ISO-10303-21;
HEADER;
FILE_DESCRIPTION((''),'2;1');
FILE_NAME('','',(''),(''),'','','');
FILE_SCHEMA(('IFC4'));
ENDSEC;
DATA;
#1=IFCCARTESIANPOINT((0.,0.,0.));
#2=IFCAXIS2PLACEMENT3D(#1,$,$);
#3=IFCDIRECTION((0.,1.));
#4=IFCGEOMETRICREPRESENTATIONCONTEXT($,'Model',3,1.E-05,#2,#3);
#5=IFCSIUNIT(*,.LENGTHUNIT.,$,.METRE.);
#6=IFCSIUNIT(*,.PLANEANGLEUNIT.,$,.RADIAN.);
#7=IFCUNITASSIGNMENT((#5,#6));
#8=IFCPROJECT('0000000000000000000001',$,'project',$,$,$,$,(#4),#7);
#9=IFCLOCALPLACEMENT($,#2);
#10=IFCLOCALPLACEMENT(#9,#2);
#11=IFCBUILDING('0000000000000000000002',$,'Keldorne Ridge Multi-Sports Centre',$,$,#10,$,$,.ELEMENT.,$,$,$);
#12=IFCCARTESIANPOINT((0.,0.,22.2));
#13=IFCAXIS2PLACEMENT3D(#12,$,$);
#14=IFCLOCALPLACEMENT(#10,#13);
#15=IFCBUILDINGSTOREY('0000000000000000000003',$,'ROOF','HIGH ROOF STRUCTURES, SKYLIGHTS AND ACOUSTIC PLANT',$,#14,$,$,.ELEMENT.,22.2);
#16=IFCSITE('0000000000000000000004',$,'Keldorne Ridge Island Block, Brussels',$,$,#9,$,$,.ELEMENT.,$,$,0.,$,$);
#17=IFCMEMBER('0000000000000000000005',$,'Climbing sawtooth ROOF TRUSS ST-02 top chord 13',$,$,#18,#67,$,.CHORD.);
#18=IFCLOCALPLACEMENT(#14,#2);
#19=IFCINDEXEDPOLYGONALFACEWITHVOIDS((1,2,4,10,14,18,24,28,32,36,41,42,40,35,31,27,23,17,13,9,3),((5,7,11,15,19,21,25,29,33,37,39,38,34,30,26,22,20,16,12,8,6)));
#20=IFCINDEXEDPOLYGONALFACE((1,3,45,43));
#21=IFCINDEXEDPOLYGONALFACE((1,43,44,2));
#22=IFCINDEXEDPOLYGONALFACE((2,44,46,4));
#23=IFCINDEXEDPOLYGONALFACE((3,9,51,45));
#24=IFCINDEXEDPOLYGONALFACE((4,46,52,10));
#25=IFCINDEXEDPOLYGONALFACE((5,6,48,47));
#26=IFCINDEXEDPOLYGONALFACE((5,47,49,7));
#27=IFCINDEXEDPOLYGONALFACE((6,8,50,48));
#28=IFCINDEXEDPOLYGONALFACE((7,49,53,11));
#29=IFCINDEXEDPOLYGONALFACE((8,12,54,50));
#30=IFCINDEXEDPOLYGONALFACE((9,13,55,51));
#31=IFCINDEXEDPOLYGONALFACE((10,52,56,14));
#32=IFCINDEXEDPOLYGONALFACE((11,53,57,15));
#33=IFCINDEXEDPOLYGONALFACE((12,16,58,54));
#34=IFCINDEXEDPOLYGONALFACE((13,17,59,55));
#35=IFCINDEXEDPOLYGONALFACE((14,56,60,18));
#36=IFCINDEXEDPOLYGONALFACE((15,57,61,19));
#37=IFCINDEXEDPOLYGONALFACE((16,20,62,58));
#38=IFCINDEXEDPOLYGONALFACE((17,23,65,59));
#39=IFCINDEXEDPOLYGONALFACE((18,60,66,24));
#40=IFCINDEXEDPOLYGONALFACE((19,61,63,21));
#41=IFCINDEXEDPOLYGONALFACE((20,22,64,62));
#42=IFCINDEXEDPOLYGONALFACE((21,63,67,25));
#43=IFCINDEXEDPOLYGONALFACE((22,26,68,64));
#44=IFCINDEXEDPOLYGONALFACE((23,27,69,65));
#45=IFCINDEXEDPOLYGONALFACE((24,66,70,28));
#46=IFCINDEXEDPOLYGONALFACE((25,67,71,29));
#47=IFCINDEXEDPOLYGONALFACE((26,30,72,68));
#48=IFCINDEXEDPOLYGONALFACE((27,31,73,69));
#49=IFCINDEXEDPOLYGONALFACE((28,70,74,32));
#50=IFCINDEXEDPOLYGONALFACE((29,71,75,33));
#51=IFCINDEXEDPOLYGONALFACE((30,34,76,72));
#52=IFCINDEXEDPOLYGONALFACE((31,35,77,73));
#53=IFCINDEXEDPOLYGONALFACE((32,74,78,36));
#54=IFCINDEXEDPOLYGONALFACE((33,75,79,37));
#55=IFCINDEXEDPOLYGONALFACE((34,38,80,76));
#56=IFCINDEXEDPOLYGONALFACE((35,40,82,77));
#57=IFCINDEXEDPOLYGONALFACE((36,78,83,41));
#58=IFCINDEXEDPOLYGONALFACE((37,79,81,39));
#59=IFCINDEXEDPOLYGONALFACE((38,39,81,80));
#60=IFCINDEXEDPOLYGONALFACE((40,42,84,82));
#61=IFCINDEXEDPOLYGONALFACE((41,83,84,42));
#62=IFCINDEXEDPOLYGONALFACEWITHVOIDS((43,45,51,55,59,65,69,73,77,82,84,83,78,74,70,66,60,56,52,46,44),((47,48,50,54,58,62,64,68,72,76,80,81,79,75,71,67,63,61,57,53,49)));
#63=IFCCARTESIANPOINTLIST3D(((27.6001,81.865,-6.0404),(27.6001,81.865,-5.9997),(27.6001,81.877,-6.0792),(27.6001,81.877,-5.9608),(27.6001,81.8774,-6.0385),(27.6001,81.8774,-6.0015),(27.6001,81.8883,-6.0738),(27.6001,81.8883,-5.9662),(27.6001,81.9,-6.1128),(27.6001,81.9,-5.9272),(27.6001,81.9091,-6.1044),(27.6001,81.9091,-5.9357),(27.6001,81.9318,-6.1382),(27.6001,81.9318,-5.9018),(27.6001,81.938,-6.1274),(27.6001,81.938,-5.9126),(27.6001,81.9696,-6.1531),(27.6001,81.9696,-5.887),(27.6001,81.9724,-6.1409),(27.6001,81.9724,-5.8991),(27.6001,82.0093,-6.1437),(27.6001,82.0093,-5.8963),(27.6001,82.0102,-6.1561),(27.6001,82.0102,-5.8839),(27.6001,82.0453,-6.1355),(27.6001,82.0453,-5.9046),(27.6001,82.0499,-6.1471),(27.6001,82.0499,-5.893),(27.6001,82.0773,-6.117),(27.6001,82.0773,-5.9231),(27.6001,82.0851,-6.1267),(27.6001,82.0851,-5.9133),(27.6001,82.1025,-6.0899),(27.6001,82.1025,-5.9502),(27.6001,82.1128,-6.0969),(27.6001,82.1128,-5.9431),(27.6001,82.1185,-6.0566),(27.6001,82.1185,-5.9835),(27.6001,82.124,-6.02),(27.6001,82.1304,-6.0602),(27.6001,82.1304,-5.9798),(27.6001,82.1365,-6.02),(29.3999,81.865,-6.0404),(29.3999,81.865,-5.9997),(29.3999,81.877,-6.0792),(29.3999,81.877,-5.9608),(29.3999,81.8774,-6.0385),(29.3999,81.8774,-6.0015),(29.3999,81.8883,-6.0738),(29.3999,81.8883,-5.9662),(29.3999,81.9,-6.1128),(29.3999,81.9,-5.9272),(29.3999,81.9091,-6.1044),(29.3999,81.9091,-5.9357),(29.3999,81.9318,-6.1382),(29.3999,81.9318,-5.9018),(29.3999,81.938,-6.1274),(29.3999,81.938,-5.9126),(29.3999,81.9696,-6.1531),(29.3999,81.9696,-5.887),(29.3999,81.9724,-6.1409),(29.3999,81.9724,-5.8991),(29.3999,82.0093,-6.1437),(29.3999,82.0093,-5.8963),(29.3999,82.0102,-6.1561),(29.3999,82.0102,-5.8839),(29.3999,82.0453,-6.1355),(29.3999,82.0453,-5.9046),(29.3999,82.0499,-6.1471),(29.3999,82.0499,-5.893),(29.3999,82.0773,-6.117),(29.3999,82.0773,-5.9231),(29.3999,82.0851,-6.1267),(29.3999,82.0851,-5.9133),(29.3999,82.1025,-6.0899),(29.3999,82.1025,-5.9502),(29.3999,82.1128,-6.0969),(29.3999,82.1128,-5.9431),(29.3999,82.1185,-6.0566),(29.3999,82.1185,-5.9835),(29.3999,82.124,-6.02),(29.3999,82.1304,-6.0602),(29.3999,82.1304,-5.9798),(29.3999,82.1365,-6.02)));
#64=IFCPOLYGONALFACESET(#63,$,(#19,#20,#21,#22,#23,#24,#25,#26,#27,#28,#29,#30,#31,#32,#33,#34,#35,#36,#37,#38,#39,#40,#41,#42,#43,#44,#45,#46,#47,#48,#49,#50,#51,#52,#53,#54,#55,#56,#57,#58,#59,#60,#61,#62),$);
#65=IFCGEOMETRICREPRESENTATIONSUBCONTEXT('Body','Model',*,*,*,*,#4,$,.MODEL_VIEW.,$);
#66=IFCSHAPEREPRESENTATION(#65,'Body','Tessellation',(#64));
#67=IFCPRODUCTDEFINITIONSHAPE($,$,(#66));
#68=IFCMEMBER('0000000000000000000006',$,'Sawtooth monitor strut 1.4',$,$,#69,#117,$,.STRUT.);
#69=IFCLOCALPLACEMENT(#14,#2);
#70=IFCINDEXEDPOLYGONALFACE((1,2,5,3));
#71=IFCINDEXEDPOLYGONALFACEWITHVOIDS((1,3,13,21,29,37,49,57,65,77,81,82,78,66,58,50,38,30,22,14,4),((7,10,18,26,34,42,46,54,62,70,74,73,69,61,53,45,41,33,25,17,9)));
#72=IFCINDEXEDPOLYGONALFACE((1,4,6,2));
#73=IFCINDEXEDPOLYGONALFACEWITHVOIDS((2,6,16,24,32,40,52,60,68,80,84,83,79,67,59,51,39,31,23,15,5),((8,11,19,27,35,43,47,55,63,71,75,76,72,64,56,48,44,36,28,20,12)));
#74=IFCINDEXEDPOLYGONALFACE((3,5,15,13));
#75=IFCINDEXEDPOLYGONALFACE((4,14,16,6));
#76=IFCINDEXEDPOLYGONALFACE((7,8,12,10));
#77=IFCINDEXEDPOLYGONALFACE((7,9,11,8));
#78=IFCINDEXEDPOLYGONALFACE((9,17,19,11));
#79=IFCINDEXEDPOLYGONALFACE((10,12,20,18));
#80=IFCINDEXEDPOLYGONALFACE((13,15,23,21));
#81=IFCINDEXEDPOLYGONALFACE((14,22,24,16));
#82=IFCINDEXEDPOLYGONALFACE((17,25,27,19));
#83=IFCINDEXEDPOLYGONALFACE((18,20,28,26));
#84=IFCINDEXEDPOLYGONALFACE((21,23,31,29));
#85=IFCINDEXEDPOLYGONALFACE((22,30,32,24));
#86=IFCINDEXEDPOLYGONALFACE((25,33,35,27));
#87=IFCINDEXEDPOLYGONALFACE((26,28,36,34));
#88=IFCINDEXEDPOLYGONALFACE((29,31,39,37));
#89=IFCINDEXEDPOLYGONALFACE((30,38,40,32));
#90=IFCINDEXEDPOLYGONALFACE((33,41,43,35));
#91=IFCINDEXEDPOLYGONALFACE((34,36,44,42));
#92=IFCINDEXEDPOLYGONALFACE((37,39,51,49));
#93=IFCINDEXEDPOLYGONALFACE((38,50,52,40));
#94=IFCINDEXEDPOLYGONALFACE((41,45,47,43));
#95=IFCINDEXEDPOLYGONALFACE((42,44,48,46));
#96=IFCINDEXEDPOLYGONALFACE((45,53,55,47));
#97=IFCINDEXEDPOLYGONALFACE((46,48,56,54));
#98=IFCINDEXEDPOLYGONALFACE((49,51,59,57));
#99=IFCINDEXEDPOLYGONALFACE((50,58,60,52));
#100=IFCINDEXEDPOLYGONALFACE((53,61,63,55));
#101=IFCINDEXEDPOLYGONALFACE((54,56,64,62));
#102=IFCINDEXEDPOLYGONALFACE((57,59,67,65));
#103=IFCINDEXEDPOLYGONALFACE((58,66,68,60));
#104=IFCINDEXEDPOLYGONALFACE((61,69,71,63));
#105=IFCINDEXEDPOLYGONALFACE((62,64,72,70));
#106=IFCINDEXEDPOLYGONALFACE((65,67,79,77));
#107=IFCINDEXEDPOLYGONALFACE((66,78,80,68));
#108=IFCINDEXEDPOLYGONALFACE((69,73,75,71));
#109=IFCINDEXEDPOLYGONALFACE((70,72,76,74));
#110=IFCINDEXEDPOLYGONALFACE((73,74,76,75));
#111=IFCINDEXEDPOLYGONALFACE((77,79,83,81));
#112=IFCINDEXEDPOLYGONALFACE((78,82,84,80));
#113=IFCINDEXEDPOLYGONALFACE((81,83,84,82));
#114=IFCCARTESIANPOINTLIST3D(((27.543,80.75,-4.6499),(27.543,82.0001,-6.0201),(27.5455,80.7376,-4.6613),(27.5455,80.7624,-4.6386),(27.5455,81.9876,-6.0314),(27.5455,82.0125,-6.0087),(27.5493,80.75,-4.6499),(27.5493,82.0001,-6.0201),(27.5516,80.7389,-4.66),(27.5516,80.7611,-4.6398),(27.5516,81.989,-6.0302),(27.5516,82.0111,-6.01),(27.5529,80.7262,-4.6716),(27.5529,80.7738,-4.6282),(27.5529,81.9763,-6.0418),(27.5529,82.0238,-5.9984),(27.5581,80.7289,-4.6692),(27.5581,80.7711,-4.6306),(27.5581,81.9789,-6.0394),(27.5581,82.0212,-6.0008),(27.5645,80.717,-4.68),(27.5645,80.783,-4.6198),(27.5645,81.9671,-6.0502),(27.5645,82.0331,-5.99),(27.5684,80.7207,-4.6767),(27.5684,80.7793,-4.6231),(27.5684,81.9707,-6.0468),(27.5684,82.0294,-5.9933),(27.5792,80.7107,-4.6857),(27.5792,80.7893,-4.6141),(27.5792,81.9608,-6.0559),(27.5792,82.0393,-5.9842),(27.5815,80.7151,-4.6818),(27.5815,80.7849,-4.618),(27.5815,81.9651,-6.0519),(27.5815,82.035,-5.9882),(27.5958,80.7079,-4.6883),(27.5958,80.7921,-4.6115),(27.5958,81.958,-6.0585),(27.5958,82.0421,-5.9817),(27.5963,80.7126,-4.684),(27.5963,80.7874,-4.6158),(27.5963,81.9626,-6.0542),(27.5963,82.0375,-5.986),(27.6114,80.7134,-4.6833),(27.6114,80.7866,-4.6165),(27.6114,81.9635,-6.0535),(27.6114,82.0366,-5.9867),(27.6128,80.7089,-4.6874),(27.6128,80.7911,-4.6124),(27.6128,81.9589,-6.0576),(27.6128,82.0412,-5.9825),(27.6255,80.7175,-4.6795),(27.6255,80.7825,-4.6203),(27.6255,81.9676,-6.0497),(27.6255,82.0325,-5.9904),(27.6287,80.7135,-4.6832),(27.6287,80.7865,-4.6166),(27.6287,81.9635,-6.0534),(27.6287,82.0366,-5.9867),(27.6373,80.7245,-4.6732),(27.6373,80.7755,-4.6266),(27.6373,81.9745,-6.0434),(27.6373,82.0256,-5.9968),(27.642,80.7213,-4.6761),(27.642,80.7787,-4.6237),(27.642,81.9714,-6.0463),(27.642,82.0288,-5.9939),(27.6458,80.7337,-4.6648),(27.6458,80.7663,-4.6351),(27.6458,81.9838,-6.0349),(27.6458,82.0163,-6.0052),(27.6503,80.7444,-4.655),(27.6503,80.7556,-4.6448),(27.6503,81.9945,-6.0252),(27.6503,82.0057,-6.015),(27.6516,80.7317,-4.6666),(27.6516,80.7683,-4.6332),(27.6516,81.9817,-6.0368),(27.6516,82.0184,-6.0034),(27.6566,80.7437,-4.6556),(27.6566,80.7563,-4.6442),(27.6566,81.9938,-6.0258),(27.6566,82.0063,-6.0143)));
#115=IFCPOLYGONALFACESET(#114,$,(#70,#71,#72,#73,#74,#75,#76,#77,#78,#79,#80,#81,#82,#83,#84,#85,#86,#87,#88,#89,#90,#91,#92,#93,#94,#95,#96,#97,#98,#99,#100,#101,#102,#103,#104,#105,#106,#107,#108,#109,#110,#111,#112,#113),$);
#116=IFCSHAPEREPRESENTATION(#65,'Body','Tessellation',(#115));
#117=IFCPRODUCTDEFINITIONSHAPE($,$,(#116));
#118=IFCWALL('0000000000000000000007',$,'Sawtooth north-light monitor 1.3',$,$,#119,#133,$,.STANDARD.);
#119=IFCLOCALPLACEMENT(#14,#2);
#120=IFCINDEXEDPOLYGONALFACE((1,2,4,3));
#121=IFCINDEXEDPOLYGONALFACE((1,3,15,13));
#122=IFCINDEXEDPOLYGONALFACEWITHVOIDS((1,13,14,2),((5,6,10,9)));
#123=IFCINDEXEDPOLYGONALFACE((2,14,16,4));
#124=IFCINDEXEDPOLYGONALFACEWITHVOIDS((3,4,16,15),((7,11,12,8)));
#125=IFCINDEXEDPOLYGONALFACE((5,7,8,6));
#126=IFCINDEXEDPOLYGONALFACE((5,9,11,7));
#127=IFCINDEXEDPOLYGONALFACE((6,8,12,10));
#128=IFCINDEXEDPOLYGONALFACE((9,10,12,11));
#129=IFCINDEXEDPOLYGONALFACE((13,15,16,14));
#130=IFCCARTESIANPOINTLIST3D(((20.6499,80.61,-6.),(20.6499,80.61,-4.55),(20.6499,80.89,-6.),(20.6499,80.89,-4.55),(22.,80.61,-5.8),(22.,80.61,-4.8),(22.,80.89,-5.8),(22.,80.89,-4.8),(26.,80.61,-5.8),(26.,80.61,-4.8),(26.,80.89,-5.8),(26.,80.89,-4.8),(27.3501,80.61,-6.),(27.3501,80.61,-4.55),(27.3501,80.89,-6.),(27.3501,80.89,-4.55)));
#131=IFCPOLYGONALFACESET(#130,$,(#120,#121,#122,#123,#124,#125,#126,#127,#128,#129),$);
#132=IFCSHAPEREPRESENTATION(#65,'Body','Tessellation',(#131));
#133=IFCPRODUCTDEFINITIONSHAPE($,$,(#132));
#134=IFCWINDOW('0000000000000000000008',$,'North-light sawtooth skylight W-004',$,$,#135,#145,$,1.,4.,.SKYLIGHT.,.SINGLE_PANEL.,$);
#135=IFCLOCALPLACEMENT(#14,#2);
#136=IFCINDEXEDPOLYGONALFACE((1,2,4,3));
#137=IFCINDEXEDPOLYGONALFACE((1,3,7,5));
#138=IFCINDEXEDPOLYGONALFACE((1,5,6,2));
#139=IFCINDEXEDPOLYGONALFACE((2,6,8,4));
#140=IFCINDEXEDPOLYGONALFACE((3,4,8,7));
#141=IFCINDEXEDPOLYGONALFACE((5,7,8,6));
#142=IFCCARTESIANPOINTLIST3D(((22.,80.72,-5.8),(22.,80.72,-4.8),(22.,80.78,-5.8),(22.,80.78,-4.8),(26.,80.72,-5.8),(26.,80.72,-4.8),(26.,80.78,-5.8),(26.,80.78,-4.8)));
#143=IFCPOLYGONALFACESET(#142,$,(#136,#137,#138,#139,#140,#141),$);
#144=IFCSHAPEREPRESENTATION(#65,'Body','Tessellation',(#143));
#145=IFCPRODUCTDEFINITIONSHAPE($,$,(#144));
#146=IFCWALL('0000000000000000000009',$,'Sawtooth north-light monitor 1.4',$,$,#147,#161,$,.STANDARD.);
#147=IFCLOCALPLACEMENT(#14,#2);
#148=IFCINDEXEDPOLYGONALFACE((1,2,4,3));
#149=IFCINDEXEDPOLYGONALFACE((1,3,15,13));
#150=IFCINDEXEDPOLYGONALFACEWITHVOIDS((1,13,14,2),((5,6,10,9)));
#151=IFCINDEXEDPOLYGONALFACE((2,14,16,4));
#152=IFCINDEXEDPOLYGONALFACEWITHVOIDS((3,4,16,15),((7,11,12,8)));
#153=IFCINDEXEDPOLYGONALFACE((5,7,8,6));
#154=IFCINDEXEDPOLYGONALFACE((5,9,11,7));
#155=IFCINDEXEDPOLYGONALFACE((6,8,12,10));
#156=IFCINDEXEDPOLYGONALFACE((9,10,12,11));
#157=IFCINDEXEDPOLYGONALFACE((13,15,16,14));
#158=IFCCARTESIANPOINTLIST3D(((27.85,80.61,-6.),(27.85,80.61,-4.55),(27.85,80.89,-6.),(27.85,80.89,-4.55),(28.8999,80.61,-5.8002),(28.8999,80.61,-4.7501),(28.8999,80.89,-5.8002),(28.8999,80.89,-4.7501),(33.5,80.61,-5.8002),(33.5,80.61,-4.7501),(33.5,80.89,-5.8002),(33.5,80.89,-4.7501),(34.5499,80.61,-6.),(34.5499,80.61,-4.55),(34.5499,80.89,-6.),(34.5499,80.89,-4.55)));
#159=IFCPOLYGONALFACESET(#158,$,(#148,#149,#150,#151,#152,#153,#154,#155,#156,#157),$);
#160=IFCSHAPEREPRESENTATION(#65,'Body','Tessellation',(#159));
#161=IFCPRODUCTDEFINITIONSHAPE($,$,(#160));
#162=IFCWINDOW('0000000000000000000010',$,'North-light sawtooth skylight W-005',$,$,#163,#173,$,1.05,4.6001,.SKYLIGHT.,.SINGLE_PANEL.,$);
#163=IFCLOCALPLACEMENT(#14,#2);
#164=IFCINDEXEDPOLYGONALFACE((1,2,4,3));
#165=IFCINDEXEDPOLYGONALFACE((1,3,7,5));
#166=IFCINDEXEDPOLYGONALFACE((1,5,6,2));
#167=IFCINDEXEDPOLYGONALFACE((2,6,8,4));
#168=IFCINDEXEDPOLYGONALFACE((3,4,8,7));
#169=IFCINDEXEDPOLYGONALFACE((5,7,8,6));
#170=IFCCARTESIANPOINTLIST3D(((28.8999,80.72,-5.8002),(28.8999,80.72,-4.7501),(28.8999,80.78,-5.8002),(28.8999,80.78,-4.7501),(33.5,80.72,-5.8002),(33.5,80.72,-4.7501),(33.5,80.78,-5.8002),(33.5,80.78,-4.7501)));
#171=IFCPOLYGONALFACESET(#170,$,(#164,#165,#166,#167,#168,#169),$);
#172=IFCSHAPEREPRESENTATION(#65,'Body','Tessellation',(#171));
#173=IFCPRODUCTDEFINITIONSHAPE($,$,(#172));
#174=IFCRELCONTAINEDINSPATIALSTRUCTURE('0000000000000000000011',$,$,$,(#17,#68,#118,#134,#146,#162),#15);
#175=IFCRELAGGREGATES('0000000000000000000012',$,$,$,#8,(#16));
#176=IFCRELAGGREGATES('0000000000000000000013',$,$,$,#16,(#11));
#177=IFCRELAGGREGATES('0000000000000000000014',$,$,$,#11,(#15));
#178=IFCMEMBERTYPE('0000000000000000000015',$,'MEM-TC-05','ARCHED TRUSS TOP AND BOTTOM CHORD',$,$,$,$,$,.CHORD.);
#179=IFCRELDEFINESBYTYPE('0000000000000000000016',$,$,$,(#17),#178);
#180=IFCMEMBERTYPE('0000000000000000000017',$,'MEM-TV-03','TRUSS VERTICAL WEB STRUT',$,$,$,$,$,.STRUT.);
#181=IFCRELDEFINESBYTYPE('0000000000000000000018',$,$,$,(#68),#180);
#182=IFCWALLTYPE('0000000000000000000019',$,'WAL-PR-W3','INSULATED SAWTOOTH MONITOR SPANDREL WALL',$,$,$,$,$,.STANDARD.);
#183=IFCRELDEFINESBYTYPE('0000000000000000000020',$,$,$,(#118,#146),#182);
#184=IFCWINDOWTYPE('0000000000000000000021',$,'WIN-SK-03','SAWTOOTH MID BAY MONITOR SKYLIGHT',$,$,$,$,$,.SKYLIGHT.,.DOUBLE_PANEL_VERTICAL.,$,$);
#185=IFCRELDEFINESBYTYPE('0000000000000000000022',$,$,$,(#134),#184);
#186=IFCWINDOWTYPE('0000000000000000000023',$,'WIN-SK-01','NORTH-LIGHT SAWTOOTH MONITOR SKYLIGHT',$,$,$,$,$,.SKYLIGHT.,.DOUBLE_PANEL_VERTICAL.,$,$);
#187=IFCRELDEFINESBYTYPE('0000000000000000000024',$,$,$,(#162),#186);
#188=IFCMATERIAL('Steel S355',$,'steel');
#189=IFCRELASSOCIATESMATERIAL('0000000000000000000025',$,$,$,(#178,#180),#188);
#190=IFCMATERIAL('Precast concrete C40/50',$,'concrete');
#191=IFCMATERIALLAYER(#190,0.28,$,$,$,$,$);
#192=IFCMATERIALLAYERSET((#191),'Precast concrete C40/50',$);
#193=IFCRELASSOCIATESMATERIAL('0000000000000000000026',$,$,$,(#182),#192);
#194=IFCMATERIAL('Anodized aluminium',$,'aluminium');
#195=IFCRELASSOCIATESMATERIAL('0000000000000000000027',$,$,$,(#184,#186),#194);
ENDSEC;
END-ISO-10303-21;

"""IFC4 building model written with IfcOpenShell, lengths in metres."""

from ifc_helpers import new_model, si_unit, direction, frame, frame_2d, origin, origin_2d, place, context, subcontext, project, spatial, rectangle, hollow_circle, extrude, material, layer, layer_set, material_profile, profile_set, type_object, element, fill, save


model = new_model("IFC4")

# Units and contexts
model_context = context("Model", 3, precision=1e-05, world=origin(), true_north=direction((0.0, 1.0)))
body_context = subcontext(model_context, "Body", "Model", "MODEL_VIEW")
ifc_project = project(units=[si_unit("LENGTHUNIT", "METRE"), si_unit("PLANEANGLEUNIT", "RADIAN")], contexts=[model_context])

# Site, building, storey
site_placement = place(None, origin())
site = spatial("IfcSite", under=ifc_project, at=site_placement, Name="Keldorne Ridge Island Block, Brussels", CompositionType="ELEMENT", RefElevation=0.0)
building_placement = place(site_placement, origin())
building = spatial("IfcBuilding", under=site, at=building_placement, Name="Keldorne Ridge Multi-Sports Centre", CompositionType="ELEMENT")
storey_placement = place(building_placement, frame((0.0, 0.0, 22.2)))
storey = spatial("IfcBuildingStorey", under=building, at=storey_placement, Name="ROOF", Description="HIGH ROOF STRUCTURES, SKYLIGHTS AND ACOUSTIC PLANT", CompositionType="ELEMENT", Elevation=22.2)

# Shared definitions
ifc_material_1 = material(Name="Steel S355", Category="steel")

# Members
ifc_material_profile_1 = material_profile(ifc_material_1, hollow_circle(Radius=0.1365, WallThickness=0.0125, at=origin_2d()), Name="CHS 273x12.5")
ifc_profile_set_1 = profile_set([ifc_material_profile_1], Name="Steel S355")
member_type_1 = type_object("IfcMemberType", Name="MEM-TC-05", Description="ARCHED TRUSS TOP AND BOTTOM CHORD", PredefinedType="CHORD", material=ifc_profile_set_1)
member_1_placement = place(storey_placement, frame((27.6001, 82.0, -6.02), z_axis=(1.0, 0.0, 0.0), x_axis=(0.0, 1.0, 0.0)))
element("IfcMember", 1, at=member_1_placement, inside=storey, type_object=member_type_1, Name="Climbing sawtooth ROOF TRUSS ST-02 top chord 13", PredefinedType="CHORD", context=body_context, shape_type="SweptSolid", body=[
    extrude(hollow_circle(Radius=0.1365, WallThickness=0.0125, at=origin_2d()), origin(), (0.0, 0.0, 1.0), 1.7998),
])
ifc_material_profile_2 = material_profile(ifc_material_1, hollow_circle(Radius=0.0571, WallThickness=0.0063, at=origin_2d()), Name="CHS 114.3x6.3")
ifc_profile_set_2 = profile_set([ifc_material_profile_2], Name="Steel S355")
member_type_2 = type_object("IfcMemberType", Name="MEM-TV-03", Description="TRUSS VERTICAL WEB STRUT", PredefinedType="STRUT", material=ifc_profile_set_2)
member_2_placement = place(storey_placement, frame((27.6001, 80.75, -4.6499), z_axis=(0.0, 0.673982, -0.738748), x_axis=(-1.0, 0.0, 0.0)))
element("IfcMember", 2, at=member_2_placement, inside=storey, type_object=member_type_2, Name="Sawtooth monitor strut 1.4", PredefinedType="STRUT", context=body_context, shape_type="SweptSolid", body=[
    extrude(hollow_circle(Radius=0.0571, WallThickness=0.0063, at=origin_2d()), origin(), (0.0, 0.0, 1.0), 1.8547),
])

# Walls, openings, windows
ifc_material_2 = material(Name="Precast concrete C40/50", Category="concrete")
ifc_layer = layer(ifc_material_2, 0.28)
ifc_layer_set = layer_set([ifc_layer], Name="Precast concrete C40/50")
wall_type = type_object("IfcWallType", Name="WAL-PR-W3", Description="INSULATED SAWTOOTH MONITOR SPANDREL WALL", PredefinedType="STANDARD", material=ifc_layer_set)
wall_1_placement = place(storey_placement, frame((27.3501, 80.75, -6.0), z_axis=(0.0, 0.0, 1.0), x_axis=(-1.0, 0.0, 0.0)))
wall_1 = element("IfcWall", 3, at=wall_1_placement, inside=storey, type_object=wall_type, Name="Sawtooth north-light monitor 1.3", PredefinedType="STANDARD", context=body_context, shape_type="SweptSolid", body=[
    extrude(rectangle(XDim=6.7002, YDim=0.28, at=frame_2d((3.3501, 0.0))), origin(), (0.0, 0.0, 1.0), 1.45),
])
opening_1_placement = place(wall_1_placement, frame((1.3501, 0.0, 0.2)))
opening_1 = element("IfcOpeningElement", 4, at=opening_1_placement, cuts=wall_1, PredefinedType="OPENING", context=body_context, shape_type="SweptSolid", body=[
    extrude(rectangle(XDim=4.0, YDim=1.0, at=frame_2d((2.0, 0.5))), frame((0.0, 0.1499, 0.0), z_axis=(0.0, -1.0, 0.0), x_axis=(1.0, 0.0, 0.0)), (0.0, 0.0, 1.0), 0.3),
])
ifc_material_3 = material(Name="Anodized aluminium", Category="aluminium")
window_type_1 = type_object("IfcWindowType", Name="WIN-SK-03", Description="SAWTOOTH MID BAY MONITOR SKYLIGHT", PartitioningType="DOUBLE_PANEL_VERTICAL", PredefinedType="SKYLIGHT", material=ifc_material_3)
window_1_placement = place(opening_1_placement, origin())
window_1 = element("IfcWindow", 5, at=window_1_placement, inside=storey, type_object=window_type_1, Name="North-light sawtooth skylight W-004", OverallHeight=1.0, OverallWidth=4.0, PartitioningType="SINGLE_PANEL", PredefinedType="SKYLIGHT", context=body_context, shape_type="SweptSolid", body=[
    extrude(rectangle(XDim=4.0, YDim=1.0, at=frame_2d((2.0, 0.5))), frame((0.0, 0.03, 0.0), z_axis=(0.0, -1.0, 0.0), x_axis=(1.0, 0.0, 0.0)), (0.0, 0.0, 1.0), 0.0601),
])
fill(opening_1, window_1)
wall_2_placement = place(storey_placement, frame((34.55, 80.75, -6.0), z_axis=(0.0, 0.0, 1.0), x_axis=(-1.0, 0.0, 0.0)))
wall_2 = element("IfcWall", 6, at=wall_2_placement, inside=storey, type_object=wall_type, Name="Sawtooth north-light monitor 1.4", PredefinedType="STANDARD", context=body_context, shape_type="SweptSolid", body=[
    extrude(rectangle(XDim=6.7, YDim=0.28, at=frame_2d((3.3501, 0.0))), origin(), (0.0, 0.0, 1.0), 1.45),
])
opening_2_placement = place(wall_2_placement, frame((1.05, 0.0, 0.2)))
opening_2 = element("IfcOpeningElement", 7, at=opening_2_placement, cuts=wall_2, PredefinedType="OPENING", context=body_context, shape_type="SweptSolid", body=[
    extrude(rectangle(XDim=4.6001, YDim=1.05, at=frame_2d((2.3, 0.5249))), frame((0.0, 0.1499, 0.0), z_axis=(0.0, -1.0, 0.0), x_axis=(1.0, 0.0, 0.0)), (0.0, 0.0, 1.0), 0.3),
])
window_type_2 = type_object("IfcWindowType", Name="WIN-SK-01", Description="NORTH-LIGHT SAWTOOTH MONITOR SKYLIGHT", PartitioningType="DOUBLE_PANEL_VERTICAL", PredefinedType="SKYLIGHT", material=ifc_material_3)
window_2_placement = place(opening_2_placement, origin())
window_2 = element("IfcWindow", 8, at=window_2_placement, inside=storey, type_object=window_type_2, Name="North-light sawtooth skylight W-005", OverallHeight=1.05, OverallWidth=4.6001, PartitioningType="SINGLE_PANEL", PredefinedType="SKYLIGHT", context=body_context, shape_type="SweptSolid", body=[
    extrude(rectangle(XDim=4.6001, YDim=1.05, at=frame_2d((2.3, 0.5249))), frame((0.0, 0.03, 0.0), z_axis=(0.0, -1.0, 0.0), x_axis=(1.0, 0.0, 0.0)), (0.0, 0.0, 1.0), 0.0601),
])
fill(opening_2, window_2)

save(model, "model.ifc")
